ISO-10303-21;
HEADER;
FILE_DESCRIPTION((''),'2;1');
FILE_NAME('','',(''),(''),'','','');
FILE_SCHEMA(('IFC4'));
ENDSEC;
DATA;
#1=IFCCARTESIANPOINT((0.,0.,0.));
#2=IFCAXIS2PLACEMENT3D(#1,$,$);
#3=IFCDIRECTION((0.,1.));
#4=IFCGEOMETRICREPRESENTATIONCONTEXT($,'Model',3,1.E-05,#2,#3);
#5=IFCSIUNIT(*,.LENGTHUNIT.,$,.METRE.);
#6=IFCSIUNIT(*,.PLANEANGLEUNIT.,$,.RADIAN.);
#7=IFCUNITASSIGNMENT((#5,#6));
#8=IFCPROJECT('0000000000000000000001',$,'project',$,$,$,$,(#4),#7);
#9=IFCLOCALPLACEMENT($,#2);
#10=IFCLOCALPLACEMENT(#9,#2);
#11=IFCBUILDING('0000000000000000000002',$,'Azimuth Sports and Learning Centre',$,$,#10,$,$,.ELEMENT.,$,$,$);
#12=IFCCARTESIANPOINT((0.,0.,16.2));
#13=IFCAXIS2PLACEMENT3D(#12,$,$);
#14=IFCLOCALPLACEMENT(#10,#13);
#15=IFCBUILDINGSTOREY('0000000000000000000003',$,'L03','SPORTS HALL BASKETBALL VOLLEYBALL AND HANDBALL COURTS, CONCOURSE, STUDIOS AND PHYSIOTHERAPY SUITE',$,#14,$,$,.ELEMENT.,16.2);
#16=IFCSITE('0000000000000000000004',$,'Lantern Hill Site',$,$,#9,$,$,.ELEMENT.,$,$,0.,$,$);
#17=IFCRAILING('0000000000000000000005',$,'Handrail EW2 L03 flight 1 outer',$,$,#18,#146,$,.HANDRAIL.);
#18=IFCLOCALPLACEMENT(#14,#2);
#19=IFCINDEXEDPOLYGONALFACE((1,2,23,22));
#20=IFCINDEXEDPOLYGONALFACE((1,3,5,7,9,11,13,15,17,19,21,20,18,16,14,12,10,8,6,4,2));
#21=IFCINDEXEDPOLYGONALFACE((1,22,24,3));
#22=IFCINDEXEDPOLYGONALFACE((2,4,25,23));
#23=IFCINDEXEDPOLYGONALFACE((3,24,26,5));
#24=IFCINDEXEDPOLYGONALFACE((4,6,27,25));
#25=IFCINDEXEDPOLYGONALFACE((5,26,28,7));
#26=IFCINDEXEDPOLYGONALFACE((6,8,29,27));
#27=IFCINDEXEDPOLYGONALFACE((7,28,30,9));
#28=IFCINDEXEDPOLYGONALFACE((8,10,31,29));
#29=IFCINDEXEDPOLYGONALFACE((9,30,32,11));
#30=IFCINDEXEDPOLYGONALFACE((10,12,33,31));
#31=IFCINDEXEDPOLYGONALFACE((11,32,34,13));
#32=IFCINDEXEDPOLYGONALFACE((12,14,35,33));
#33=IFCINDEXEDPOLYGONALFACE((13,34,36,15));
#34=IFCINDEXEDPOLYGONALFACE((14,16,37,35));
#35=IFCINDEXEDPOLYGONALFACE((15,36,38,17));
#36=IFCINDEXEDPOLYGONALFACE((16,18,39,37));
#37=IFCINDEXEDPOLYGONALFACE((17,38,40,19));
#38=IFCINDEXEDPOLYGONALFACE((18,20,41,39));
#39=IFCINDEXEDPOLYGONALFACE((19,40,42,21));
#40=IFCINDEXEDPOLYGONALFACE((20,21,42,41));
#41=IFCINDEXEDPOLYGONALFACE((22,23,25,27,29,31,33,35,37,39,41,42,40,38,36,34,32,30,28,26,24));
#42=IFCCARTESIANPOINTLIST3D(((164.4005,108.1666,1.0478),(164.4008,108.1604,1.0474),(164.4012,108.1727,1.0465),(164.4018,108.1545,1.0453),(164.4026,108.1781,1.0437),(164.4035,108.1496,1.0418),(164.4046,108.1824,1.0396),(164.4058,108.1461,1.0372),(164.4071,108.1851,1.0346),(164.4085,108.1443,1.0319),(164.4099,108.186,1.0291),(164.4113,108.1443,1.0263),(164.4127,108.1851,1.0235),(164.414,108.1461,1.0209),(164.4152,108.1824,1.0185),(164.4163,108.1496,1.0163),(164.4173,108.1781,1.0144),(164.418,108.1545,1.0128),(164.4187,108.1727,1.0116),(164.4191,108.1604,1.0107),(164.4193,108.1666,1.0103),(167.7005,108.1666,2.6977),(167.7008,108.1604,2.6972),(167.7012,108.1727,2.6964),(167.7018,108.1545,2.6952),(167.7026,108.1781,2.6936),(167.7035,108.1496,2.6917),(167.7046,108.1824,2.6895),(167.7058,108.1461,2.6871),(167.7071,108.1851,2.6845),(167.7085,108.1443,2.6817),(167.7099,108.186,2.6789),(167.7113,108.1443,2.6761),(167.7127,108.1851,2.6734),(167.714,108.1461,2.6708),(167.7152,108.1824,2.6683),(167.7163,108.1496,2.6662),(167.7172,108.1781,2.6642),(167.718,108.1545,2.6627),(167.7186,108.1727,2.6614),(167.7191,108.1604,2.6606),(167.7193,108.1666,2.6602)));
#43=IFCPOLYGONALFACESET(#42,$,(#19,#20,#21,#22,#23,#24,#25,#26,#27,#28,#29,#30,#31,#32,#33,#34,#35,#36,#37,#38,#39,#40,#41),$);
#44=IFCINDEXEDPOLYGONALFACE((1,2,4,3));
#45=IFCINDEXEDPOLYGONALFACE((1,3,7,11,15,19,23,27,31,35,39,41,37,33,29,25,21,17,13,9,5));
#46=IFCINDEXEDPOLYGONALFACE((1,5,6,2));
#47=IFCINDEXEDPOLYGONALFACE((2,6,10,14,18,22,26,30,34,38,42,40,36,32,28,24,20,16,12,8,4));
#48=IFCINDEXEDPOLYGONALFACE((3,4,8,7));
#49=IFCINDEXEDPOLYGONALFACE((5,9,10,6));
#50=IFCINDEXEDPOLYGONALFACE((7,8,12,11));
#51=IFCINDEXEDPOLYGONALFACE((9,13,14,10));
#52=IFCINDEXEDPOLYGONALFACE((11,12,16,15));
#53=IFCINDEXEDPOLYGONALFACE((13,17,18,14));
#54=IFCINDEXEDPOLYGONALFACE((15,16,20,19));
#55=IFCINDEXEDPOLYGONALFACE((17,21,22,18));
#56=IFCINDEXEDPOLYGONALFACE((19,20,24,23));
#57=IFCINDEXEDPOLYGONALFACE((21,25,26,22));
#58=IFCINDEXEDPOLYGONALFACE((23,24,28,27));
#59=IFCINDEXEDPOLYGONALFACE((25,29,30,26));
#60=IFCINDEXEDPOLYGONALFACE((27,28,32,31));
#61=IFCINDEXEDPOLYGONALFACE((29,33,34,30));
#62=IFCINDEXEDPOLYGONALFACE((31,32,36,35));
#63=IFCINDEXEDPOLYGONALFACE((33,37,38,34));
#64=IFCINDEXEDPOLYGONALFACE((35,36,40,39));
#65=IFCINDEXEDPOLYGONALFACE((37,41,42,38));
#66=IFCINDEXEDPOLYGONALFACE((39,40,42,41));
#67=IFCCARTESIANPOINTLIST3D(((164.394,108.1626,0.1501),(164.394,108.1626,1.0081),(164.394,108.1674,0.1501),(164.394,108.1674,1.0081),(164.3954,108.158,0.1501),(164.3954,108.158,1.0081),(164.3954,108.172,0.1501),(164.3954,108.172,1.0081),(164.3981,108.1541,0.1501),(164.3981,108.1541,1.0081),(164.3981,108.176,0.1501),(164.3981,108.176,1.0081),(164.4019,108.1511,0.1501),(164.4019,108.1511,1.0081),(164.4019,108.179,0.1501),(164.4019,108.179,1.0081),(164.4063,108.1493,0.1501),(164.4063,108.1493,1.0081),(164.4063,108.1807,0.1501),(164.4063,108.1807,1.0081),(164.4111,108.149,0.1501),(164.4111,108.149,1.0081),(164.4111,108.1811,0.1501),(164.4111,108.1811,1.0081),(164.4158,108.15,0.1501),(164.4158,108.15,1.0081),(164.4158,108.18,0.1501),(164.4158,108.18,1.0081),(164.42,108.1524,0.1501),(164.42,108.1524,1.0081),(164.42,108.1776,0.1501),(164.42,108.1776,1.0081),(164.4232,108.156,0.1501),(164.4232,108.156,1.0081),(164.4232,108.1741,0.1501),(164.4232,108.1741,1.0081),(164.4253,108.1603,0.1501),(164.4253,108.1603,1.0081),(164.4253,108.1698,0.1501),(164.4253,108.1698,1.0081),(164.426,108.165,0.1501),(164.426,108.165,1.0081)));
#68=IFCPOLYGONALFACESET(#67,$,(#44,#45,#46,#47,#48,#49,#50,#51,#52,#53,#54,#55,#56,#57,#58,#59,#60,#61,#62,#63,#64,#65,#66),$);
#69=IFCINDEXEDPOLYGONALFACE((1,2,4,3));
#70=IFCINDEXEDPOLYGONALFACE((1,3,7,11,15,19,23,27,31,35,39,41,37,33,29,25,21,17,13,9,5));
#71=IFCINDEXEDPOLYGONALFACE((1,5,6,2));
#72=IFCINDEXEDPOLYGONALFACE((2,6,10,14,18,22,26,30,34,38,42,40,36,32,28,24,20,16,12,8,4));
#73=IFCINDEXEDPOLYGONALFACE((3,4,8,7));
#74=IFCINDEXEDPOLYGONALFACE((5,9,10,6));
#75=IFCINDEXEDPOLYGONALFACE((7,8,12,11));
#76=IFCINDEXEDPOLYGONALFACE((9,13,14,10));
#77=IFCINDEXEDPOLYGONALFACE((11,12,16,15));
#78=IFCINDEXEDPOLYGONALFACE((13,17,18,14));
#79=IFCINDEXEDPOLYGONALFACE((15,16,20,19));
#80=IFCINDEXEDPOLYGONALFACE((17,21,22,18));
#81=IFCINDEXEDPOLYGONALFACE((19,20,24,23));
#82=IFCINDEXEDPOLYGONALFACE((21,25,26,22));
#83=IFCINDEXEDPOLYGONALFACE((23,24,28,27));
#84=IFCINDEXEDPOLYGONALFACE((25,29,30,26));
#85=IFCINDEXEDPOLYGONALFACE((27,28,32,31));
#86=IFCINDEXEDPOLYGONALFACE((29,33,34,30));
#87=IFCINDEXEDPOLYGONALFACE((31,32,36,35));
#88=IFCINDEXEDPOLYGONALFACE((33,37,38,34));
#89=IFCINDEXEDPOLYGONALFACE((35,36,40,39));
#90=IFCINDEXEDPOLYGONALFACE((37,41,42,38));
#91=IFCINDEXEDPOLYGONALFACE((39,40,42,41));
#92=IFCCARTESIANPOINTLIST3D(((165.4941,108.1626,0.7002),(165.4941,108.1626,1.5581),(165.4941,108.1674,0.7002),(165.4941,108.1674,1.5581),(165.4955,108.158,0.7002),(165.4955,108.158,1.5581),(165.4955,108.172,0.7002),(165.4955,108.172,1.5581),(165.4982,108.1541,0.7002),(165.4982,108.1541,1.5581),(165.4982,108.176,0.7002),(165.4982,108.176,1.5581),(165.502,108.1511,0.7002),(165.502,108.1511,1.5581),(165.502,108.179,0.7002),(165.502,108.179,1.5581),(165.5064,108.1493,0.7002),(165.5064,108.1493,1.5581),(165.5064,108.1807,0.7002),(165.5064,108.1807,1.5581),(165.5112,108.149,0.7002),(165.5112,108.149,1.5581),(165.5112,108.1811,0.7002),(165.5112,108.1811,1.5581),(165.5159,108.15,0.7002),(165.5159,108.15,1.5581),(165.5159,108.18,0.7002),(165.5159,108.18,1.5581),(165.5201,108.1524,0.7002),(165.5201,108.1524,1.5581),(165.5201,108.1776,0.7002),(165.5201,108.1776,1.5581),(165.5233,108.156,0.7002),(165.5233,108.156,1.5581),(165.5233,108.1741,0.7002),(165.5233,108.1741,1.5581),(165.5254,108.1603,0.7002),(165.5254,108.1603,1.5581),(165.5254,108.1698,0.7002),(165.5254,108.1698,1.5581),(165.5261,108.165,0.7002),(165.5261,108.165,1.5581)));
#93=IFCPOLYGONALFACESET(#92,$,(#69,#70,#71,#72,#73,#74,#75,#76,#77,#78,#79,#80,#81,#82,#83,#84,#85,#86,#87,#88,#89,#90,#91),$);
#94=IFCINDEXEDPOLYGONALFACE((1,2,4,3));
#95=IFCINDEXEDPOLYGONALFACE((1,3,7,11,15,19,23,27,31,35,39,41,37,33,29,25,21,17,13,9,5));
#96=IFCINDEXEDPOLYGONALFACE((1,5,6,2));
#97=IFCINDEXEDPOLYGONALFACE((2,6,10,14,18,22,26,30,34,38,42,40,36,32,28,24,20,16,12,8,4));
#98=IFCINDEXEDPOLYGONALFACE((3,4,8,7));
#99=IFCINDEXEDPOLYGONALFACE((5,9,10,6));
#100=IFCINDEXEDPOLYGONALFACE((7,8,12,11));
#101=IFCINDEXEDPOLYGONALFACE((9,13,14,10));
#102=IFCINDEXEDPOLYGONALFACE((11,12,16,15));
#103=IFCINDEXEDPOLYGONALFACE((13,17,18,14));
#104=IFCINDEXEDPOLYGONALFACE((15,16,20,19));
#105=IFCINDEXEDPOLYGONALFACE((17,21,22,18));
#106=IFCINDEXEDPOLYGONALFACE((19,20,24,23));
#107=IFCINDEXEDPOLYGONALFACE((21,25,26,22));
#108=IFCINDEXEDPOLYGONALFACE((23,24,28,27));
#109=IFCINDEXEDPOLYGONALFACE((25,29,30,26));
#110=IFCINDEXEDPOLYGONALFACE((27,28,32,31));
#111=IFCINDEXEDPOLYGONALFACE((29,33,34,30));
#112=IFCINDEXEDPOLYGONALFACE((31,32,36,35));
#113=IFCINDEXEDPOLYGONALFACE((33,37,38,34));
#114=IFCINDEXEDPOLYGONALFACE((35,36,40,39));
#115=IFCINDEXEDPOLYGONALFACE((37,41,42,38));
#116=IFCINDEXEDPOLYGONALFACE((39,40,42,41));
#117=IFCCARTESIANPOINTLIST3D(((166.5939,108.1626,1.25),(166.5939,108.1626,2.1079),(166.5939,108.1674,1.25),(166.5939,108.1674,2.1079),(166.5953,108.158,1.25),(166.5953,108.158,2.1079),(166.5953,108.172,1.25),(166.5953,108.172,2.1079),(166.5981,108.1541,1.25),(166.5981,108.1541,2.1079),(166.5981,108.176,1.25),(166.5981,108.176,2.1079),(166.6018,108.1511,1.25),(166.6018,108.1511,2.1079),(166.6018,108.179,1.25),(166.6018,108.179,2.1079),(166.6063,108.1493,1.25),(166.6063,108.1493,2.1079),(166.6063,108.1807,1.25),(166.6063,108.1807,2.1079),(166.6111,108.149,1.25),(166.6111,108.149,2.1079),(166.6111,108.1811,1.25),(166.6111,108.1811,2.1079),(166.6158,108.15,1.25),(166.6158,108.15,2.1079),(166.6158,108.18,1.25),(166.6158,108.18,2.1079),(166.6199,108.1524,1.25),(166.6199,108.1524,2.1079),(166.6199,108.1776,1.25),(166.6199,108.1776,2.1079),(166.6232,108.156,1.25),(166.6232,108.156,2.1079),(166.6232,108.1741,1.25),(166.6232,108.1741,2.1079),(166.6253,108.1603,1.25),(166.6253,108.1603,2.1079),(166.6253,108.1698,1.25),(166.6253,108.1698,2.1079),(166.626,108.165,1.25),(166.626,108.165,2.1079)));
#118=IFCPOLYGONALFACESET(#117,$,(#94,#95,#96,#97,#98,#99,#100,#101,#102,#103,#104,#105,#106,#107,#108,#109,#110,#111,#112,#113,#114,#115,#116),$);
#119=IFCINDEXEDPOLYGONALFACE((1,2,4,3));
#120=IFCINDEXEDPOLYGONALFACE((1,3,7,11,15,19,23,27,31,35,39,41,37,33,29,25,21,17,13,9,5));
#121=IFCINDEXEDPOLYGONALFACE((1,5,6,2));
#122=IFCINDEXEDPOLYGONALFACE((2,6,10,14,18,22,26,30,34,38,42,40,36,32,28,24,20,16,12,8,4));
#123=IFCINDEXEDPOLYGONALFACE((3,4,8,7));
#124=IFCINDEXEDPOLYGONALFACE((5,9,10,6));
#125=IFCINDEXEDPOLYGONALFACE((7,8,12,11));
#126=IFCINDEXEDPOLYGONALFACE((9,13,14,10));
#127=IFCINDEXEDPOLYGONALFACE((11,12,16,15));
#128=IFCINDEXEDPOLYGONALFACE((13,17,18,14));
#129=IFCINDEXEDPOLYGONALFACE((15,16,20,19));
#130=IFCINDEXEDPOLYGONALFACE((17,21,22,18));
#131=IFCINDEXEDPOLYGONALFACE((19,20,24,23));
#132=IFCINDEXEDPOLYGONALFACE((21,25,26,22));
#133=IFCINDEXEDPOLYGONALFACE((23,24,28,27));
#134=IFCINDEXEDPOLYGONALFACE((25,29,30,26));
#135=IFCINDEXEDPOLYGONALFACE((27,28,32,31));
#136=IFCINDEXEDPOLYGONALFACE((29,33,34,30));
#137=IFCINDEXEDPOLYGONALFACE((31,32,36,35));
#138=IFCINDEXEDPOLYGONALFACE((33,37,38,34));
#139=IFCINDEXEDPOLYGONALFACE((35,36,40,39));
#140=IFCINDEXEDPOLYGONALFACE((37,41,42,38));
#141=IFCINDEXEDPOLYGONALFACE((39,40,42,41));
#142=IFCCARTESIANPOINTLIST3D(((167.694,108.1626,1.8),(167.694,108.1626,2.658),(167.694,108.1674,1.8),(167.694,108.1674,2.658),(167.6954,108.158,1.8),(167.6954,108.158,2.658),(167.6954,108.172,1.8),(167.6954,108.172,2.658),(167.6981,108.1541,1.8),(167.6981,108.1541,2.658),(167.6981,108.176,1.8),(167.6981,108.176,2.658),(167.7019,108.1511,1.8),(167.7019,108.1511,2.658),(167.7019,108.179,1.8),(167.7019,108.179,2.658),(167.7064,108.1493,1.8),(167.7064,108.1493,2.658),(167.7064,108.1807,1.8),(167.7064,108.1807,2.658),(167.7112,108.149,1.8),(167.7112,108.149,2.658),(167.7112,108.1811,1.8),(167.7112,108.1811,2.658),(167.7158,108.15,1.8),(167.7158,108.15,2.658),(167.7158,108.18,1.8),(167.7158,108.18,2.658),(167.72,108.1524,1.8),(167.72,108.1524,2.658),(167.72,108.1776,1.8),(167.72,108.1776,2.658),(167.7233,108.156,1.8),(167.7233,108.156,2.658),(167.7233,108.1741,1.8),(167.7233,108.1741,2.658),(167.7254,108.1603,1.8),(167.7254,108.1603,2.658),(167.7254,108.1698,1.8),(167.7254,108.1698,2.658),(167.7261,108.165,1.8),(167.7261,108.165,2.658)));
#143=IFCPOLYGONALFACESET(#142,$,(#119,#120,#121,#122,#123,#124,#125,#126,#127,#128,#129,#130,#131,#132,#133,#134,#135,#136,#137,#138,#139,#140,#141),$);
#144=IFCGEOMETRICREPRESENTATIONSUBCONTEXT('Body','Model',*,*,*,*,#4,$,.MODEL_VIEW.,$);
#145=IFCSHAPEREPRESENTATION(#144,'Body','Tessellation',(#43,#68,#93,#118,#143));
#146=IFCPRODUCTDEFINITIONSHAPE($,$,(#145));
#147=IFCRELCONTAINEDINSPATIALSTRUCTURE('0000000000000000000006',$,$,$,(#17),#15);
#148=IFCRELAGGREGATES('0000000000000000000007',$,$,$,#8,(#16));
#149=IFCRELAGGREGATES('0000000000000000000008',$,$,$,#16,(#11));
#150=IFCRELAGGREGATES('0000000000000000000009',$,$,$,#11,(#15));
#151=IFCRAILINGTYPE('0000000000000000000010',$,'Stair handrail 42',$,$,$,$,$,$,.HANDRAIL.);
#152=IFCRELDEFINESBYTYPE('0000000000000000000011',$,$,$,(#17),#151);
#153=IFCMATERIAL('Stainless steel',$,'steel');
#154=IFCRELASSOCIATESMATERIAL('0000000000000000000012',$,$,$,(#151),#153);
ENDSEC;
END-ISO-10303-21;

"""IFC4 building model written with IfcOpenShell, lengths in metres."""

from ifc_helpers import new_model, si_unit, direction, frame, origin, origin_2d, place, context, subcontext, project, spatial, circle, extrude, material, type_object, element, save


model = new_model("IFC4")

# Units and contexts
model_context = context("Model", 3, precision=1e-05, world=origin(), true_north=direction((0.0, 1.0)))
body_context = subcontext(model_context, "Body", "Model", "MODEL_VIEW")
ifc_project = project(units=[si_unit("LENGTHUNIT", "METRE"), si_unit("PLANEANGLEUNIT", "RADIAN")], contexts=[model_context])

# Site, building, storey
site_placement = place(None, origin())
site = spatial("IfcSite", under=ifc_project, at=site_placement, Name="Lantern Hill Site", CompositionType="ELEMENT", RefElevation=0.0)
building_placement = place(site_placement, origin())
building = spatial("IfcBuilding", under=site, at=building_placement, Name="Azimuth Sports and Learning Centre", CompositionType="ELEMENT")
storey_placement = place(building_placement, frame((0.0, 0.0, 16.2)))
storey = spatial("IfcBuildingStorey", under=building, at=storey_placement, Name="L03", Description="SPORTS HALL BASKETBALL VOLLEYBALL AND HANDBALL COURTS, CONCOURSE, STUDIOS AND PHYSIOTHERAPY SUITE", CompositionType="ELEMENT", Elevation=16.2)

# Railing
ifc_material_1 = material(Name="Stainless steel", Category="steel")
railing_type_1 = type_object("IfcRailingType", Name="Stair handrail 42", PredefinedType="HANDRAIL", material=ifc_material_1)
for number, where, name in (
    (1, (164.4099, 108.165, 0.1501), "Handrail EW2 L03 flight 1 outer"),
):
    element("IfcRailing", number, at=place(storey_placement, frame(where)), inside=storey, type_object=railing_type_1, Name=name, PredefinedType="HANDRAIL", context=body_context, shape_type="SweptSolid", body=[
        extrude(circle(Radius=0.021, at=origin_2d()), frame((0.0, 0.0, 0.8789), z_axis=(0.89444, 0.0, 0.447187), x_axis=(0.0, 1.0, 0.0)), (0.0, 0.0, 1.0), 3.6895),
        extrude(circle(Radius=0.0161, at=origin_2d()), origin(), (0.0, 0.0, 1.0), 0.8579),
        extrude(circle(Radius=0.0161, at=origin_2d()), frame((1.1001, 0.0, 0.55)), (0.0, 0.0, 1.0), 0.8579),
        extrude(circle(Radius=0.0161, at=origin_2d()), frame((2.2, 0.0, 1.0999)), (0.0, 0.0, 1.0), 0.8579),
        extrude(circle(Radius=0.0161, at=origin_2d()), frame((3.3, 0.0, 1.6499)), (0.0, 0.0, 1.0), 0.8579),
    ])

save(model, "model.ifc")
